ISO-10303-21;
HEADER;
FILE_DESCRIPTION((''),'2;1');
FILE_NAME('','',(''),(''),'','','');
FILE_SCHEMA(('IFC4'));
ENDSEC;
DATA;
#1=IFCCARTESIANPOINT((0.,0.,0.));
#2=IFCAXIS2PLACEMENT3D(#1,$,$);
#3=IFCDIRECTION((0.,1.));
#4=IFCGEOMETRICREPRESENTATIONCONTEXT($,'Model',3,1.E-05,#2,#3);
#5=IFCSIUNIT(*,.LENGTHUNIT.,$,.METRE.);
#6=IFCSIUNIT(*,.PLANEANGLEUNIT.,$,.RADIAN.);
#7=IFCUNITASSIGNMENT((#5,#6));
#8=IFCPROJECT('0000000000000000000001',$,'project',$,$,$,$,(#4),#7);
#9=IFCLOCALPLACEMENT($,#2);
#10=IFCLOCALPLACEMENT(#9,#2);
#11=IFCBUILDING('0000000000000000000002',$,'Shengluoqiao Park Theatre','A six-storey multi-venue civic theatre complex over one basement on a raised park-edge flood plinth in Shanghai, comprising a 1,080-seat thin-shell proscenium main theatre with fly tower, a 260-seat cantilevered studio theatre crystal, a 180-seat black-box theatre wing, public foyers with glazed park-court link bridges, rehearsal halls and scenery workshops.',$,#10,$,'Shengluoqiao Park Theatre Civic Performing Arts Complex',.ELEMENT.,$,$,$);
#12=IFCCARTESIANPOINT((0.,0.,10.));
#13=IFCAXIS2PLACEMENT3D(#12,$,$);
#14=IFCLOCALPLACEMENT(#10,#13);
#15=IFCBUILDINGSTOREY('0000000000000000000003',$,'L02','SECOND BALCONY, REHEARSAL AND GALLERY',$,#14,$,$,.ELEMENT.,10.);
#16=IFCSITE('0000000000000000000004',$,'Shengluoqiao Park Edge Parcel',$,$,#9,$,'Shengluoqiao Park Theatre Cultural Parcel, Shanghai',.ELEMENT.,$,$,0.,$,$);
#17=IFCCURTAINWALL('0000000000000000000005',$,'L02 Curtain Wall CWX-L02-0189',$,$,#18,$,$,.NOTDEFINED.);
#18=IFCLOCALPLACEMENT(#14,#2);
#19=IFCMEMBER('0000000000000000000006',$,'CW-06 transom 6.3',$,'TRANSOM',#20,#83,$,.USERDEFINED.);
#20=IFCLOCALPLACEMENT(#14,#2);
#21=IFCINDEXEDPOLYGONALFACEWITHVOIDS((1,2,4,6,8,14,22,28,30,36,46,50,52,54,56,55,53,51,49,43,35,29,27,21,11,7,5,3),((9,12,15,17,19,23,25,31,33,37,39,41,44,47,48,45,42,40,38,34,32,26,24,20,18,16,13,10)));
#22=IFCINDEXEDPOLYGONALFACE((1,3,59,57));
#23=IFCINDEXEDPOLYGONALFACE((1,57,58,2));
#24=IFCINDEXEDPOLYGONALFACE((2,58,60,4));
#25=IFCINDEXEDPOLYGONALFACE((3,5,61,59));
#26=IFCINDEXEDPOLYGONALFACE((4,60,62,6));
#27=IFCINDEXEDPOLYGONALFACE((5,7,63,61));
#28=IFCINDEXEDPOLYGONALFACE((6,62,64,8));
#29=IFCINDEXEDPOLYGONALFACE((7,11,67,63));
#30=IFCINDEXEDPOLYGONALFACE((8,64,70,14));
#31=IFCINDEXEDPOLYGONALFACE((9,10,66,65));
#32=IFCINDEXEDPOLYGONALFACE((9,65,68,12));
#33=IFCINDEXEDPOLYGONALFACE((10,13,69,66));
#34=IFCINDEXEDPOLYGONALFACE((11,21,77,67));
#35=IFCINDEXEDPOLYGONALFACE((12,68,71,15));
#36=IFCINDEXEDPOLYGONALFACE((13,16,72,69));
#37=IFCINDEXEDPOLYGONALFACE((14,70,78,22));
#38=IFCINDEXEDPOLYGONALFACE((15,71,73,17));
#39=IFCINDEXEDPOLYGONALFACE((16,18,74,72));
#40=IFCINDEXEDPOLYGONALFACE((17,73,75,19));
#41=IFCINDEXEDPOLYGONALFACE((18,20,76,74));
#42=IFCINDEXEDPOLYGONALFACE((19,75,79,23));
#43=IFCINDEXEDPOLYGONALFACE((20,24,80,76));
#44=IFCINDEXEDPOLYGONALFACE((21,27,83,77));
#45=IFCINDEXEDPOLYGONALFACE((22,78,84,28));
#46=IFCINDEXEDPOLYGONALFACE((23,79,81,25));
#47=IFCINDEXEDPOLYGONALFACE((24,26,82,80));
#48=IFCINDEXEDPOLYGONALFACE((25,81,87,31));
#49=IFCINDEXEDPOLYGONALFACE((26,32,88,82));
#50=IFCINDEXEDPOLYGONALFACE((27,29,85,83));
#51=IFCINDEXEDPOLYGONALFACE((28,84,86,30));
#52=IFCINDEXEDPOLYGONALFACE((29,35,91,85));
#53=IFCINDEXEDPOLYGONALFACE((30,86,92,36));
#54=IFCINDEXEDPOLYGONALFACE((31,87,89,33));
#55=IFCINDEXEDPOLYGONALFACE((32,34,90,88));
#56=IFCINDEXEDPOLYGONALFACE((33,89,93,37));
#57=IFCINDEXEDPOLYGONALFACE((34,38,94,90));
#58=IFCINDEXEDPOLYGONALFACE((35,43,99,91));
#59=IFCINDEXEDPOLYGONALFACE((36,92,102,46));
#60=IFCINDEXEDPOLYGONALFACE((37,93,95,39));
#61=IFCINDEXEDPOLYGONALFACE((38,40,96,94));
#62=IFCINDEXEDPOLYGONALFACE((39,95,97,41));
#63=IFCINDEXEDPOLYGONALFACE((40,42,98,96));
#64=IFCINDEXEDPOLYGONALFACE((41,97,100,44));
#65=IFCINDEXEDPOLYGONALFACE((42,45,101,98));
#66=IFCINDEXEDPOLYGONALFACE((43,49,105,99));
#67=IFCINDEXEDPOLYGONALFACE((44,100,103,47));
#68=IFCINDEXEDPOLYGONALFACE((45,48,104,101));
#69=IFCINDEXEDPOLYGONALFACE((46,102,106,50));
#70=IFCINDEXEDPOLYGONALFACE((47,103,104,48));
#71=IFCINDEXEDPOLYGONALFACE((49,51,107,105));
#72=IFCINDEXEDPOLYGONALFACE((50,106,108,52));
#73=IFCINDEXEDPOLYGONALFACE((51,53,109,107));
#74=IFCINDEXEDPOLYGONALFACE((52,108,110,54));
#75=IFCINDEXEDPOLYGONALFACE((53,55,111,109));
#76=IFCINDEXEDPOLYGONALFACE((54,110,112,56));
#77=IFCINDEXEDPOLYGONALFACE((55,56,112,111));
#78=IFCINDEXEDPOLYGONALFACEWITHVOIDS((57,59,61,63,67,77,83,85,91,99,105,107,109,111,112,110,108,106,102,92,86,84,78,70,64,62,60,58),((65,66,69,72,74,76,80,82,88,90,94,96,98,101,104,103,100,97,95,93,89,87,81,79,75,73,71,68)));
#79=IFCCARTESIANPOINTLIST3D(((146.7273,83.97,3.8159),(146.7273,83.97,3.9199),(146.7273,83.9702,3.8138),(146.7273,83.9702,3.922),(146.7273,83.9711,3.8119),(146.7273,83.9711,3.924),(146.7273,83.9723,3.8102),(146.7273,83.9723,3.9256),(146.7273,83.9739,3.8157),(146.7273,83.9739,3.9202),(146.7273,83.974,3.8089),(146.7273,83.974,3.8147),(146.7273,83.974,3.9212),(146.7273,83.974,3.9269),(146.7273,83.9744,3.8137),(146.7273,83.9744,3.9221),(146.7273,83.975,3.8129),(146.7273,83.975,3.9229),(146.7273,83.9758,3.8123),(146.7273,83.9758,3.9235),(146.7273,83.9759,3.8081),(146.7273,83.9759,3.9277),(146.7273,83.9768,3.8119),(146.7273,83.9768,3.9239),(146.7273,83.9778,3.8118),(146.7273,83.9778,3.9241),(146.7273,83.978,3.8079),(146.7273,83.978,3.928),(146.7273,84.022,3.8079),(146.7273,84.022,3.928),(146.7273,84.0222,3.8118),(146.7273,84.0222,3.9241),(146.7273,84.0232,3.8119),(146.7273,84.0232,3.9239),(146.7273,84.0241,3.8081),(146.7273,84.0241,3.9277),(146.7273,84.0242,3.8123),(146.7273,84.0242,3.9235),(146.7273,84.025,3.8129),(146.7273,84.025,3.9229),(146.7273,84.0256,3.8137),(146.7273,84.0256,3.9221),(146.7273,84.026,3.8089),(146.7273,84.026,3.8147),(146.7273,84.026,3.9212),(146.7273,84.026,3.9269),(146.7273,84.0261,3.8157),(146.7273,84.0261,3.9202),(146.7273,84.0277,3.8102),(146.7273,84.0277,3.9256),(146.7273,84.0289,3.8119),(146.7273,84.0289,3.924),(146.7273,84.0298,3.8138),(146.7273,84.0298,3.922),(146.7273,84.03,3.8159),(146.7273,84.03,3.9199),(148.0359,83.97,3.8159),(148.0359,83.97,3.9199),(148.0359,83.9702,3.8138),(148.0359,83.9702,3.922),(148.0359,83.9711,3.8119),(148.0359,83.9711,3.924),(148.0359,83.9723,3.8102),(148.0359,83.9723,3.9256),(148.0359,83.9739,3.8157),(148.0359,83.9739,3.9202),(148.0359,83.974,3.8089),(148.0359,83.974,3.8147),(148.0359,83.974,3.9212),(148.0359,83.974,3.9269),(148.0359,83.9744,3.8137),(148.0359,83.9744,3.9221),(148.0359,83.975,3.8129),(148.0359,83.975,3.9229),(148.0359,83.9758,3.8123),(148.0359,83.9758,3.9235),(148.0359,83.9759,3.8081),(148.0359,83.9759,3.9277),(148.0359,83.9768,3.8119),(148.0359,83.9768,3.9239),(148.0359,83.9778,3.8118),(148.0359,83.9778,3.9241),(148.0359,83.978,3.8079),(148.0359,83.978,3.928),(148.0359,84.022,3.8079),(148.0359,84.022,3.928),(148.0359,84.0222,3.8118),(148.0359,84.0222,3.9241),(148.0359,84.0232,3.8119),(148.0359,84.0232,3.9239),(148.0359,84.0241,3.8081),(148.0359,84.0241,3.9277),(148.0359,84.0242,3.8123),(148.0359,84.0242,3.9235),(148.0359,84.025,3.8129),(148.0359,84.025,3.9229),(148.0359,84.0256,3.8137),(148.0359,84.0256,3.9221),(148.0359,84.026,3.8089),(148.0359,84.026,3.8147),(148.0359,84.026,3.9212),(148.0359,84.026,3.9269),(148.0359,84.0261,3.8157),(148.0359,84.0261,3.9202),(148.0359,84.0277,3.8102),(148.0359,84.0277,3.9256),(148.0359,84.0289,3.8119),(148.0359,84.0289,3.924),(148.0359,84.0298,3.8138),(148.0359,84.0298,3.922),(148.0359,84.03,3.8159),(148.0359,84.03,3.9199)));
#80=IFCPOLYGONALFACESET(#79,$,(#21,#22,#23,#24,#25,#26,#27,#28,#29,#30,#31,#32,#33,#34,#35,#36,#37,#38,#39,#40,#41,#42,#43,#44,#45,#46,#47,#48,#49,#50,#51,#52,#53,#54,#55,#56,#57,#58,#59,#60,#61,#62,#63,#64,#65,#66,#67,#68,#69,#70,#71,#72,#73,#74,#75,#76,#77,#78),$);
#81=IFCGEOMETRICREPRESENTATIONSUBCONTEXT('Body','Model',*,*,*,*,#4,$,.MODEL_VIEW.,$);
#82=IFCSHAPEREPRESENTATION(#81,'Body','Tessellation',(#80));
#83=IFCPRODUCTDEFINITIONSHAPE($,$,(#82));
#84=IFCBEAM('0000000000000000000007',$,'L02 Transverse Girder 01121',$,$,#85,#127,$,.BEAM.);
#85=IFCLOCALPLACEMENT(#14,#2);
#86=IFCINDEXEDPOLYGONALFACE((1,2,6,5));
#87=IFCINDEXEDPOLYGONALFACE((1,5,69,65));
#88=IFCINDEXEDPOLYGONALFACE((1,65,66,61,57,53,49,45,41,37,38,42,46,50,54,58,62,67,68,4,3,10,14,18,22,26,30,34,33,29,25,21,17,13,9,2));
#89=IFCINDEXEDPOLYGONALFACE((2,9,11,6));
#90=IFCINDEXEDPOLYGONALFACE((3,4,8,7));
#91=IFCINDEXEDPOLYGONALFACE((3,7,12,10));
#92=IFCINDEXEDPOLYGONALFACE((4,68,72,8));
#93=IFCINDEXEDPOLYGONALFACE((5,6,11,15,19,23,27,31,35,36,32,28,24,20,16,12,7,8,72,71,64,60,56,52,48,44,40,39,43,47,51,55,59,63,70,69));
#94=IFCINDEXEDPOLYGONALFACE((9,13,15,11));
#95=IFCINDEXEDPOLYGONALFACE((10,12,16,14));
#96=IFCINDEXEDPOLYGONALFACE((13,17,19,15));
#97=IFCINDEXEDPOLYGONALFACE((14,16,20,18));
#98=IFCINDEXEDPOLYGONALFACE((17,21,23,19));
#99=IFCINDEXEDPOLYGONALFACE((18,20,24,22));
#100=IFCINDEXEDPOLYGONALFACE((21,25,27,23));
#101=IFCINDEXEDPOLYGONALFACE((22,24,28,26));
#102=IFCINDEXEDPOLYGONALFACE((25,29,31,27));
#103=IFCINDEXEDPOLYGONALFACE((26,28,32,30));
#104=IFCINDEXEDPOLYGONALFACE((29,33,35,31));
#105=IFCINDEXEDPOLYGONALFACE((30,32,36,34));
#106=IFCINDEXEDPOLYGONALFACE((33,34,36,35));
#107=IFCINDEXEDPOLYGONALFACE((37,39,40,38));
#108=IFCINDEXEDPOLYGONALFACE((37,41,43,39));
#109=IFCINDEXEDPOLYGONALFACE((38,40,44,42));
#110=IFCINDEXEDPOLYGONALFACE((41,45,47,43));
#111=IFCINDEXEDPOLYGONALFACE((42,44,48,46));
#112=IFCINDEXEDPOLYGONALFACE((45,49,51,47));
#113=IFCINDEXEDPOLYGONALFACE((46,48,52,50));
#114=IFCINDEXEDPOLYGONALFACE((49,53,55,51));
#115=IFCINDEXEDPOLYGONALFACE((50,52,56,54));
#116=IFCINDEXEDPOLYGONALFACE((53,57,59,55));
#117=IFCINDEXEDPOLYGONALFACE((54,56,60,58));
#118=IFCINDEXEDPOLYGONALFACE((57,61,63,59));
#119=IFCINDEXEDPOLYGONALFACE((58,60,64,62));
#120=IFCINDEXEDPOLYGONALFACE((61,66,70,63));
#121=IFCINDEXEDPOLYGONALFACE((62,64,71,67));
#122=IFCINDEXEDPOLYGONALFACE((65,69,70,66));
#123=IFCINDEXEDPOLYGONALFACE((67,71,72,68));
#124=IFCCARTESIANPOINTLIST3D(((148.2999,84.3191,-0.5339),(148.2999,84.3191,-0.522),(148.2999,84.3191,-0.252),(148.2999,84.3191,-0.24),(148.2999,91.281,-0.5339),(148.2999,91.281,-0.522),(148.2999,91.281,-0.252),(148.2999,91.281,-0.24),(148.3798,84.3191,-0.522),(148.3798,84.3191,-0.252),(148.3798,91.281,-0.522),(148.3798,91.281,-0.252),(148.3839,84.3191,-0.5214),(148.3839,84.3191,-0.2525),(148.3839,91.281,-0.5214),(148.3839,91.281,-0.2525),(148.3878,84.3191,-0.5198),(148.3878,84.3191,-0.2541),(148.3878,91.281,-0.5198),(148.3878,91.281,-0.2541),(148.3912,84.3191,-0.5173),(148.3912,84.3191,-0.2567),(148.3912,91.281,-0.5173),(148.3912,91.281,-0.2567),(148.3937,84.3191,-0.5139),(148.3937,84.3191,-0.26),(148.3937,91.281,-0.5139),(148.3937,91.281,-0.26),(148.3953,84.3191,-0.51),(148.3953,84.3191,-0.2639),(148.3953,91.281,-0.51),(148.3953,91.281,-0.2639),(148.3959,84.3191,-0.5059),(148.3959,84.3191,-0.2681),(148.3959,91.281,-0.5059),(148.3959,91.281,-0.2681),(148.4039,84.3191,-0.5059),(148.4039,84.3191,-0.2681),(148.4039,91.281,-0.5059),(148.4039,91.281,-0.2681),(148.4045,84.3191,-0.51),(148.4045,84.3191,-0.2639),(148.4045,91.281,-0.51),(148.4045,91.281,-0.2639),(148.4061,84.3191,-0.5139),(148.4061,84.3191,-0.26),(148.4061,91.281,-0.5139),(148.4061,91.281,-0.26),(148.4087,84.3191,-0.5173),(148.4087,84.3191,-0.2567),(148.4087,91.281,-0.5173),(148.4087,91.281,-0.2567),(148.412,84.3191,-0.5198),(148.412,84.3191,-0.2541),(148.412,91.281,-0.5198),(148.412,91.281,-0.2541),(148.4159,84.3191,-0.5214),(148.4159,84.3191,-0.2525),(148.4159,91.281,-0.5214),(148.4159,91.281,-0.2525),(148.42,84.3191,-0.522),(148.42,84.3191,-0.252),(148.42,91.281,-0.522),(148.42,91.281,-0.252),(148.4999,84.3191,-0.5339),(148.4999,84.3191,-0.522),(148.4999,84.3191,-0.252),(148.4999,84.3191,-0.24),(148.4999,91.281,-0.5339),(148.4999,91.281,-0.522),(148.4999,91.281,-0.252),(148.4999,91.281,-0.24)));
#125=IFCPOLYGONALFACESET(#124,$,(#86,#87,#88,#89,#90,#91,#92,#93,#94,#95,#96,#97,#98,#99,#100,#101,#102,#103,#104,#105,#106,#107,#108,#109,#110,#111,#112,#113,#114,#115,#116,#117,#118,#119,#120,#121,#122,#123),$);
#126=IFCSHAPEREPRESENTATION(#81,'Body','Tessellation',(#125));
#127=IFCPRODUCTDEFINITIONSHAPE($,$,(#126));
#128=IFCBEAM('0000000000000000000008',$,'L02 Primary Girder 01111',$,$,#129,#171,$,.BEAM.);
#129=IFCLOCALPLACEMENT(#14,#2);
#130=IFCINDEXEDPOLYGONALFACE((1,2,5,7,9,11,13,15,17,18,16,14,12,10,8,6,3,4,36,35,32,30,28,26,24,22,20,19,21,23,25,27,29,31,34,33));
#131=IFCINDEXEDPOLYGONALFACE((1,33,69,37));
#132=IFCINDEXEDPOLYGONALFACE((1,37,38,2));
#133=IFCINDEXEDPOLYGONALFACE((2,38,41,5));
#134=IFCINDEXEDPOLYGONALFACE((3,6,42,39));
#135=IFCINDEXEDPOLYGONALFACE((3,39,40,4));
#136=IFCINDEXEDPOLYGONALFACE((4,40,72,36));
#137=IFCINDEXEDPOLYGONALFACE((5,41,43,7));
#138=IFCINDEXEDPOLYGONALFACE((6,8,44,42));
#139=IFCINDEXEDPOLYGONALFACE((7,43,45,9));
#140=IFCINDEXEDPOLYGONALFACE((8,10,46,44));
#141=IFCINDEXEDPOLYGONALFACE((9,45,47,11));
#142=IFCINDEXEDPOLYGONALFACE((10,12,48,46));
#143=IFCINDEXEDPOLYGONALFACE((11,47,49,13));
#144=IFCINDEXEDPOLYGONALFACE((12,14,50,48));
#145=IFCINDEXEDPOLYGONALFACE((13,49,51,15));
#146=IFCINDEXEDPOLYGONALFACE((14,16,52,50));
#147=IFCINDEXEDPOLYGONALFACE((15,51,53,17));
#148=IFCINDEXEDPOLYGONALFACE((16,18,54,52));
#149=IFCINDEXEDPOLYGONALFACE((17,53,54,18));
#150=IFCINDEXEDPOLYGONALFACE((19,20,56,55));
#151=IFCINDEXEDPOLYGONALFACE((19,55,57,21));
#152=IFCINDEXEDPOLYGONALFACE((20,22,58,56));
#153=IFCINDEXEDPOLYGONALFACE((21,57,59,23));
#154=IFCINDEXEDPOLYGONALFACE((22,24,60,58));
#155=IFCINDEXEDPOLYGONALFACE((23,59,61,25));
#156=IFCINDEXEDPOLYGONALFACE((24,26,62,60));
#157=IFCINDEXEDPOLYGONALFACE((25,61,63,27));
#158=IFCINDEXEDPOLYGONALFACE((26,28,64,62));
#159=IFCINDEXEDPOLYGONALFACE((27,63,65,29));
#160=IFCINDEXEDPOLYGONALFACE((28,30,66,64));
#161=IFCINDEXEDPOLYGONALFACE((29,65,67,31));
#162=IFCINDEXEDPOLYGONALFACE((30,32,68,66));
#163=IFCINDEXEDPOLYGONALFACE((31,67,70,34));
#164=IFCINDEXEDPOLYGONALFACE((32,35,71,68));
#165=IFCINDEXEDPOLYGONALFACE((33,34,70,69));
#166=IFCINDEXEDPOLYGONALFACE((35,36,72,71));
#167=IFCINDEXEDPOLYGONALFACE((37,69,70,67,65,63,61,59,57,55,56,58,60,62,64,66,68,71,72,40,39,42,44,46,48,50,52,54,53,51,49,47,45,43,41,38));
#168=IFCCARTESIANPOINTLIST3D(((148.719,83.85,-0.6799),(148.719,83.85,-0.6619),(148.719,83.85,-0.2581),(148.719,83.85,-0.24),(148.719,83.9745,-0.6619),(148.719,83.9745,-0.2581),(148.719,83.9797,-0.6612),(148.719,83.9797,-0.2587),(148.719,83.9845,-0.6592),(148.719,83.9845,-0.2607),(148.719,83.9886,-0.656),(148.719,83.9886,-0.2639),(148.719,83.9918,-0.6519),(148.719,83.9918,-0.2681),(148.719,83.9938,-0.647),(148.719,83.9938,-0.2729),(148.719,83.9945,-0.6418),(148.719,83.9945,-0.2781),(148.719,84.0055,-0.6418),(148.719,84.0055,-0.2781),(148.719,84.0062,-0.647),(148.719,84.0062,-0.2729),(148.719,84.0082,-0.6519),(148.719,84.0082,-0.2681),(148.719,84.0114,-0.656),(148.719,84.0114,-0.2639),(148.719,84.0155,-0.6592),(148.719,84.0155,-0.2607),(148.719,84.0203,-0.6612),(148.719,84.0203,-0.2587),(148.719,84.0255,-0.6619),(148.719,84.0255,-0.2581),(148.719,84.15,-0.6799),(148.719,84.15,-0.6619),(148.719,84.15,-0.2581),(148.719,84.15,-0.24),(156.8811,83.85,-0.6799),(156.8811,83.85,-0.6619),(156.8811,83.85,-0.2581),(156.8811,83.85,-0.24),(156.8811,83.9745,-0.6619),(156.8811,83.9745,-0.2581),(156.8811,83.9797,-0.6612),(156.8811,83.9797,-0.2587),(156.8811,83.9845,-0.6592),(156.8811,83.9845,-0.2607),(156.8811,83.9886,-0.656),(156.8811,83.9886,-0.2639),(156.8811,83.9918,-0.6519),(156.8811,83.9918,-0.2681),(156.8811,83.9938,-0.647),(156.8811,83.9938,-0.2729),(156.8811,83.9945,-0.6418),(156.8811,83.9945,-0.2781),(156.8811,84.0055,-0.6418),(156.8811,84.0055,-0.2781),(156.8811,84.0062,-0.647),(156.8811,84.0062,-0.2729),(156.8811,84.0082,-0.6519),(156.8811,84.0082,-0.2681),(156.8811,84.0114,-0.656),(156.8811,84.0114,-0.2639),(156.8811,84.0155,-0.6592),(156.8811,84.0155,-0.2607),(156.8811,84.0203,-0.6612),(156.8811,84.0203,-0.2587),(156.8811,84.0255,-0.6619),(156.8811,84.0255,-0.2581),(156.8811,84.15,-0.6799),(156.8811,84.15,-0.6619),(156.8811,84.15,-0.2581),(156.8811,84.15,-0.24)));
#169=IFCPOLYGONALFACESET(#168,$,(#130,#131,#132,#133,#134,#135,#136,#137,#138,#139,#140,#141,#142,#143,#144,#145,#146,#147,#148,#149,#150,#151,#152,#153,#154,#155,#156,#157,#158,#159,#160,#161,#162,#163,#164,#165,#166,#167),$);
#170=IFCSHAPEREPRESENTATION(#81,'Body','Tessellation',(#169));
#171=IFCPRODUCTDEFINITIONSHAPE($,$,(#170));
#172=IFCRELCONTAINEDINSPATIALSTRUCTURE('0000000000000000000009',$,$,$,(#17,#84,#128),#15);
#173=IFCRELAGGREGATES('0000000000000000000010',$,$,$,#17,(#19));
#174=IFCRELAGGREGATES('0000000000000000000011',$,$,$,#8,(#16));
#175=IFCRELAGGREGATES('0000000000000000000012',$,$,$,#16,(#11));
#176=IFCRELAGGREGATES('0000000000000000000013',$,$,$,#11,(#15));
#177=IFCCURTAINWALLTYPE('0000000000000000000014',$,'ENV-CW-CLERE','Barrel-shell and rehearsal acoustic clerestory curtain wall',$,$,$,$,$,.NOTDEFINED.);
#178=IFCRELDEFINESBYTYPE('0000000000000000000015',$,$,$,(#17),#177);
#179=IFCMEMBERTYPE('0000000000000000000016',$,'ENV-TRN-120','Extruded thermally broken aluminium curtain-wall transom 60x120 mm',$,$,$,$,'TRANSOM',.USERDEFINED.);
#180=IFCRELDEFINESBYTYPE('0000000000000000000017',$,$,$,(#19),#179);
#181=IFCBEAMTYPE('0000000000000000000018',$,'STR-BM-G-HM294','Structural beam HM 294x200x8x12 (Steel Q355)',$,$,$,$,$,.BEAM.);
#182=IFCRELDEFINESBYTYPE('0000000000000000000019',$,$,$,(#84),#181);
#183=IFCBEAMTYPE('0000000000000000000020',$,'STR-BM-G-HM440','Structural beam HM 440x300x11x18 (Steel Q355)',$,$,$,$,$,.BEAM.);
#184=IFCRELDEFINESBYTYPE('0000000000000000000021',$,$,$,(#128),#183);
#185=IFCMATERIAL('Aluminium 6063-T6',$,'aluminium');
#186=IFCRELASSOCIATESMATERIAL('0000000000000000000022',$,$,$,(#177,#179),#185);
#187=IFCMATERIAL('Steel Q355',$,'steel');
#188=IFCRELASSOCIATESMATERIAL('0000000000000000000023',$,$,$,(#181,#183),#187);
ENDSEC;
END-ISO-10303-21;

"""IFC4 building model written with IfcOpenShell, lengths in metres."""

from ifc_helpers import new_model, si_unit, direction, frame, origin, origin_2d, place, context, subcontext, project, spatial, hollow_rectangle, i_section, extrude, material, material_profile, profile_set, type_object, element, aggregate, save


model = new_model("IFC4")

# Units and contexts
model_context = context("Model", 3, precision=1e-05, world=origin(), true_north=direction((0.0, 1.0)))
body_context = subcontext(model_context, "Body", "Model", "MODEL_VIEW")
ifc_project = project(units=[si_unit("LENGTHUNIT", "METRE"), si_unit("PLANEANGLEUNIT", "RADIAN")], contexts=[model_context])

# Site, building, storey
site_placement = place(None, origin())
site = spatial("IfcSite", under=ifc_project, at=site_placement, Name="Shengluoqiao Park Edge Parcel", LongName="Shengluoqiao Park Theatre Cultural Parcel, Shanghai", CompositionType="ELEMENT", RefElevation=0.0)
building_placement = place(site_placement, origin())
building = spatial("IfcBuilding", under=site, at=building_placement, Name="Shengluoqiao Park Theatre", Description="A six-storey multi-venue civic theatre complex over one basement on a raised park-edge flood plinth in Shanghai, comprising a 1,080-seat thin-shell proscenium main theatre with fly tower, a 260-seat cantilevered studio theatre crystal, a 180-seat black-box theatre wing, public foyers with glazed park-court link bridges, rehearsal halls and scenery workshops.", LongName="Shengluoqiao Park Theatre Civic Performing Arts Complex", CompositionType="ELEMENT")
storey_placement = place(building_placement, frame((0.0, 0.0, 10.0)))
storey = spatial("IfcBuildingStorey", under=building, at=storey_placement, Name="L02", Description="SECOND BALCONY, REHEARSAL AND GALLERY", CompositionType="ELEMENT", Elevation=10.0)

# Curtain wall, member
ifc_material_1 = material(Name="Aluminium 6063-T6", Category="aluminium")
curtain_wall_type = type_object("IfcCurtainWallType", Name="ENV-CW-CLERE", Description="Barrel-shell and rehearsal acoustic clerestory curtain wall", PredefinedType="NOTDEFINED", material=ifc_material_1)
curtain_wall_placement = place(storey_placement, origin())
curtain_wall = element("IfcCurtainWall", 1, at=curtain_wall_placement, inside=storey, type_object=curtain_wall_type, Name="L02 Curtain Wall CWX-L02-0189", PredefinedType="NOTDEFINED")
ifc_material_profile_1 = material_profile(ifc_material_1, hollow_rectangle(XDim=0.0601, YDim=0.1201, WallThickness=0.0039, InnerFilletRadius=0.0039, OuterFilletRadius=0.0081, at=origin_2d()), Name="ALU TRANSOM 120x60x4")
ifc_profile_set_1 = profile_set([ifc_material_profile_1], Name="Aluminium 6063-T6")
member_type_1 = type_object("IfcMemberType", Name="ENV-TRN-120", Description="Extruded thermally broken aluminium curtain-wall transom 60x120 mm", ElementType="TRANSOM", PredefinedType="USERDEFINED", material=ifc_profile_set_1)
member_1_placement = place(storey_placement, frame((146.7273, 84.0, 3.8679), z_axis=(1.0, 0.0, 0.0), x_axis=(0.0, 1.0, 0.0)))
member_1 = element("IfcMember", 2, at=member_1_placement, type_object=member_type_1, Name="CW-06 transom 6.3", ObjectType="TRANSOM", PredefinedType="USERDEFINED", context=body_context, shape_type="SweptSolid", body=[
    extrude(hollow_rectangle(XDim=0.0601, YDim=0.1201, WallThickness=0.0039, InnerFilletRadius=0.0039, OuterFilletRadius=0.0081, at=origin_2d()), origin(), (0.0, 0.0, 1.0), 1.3086),
])

# Beams
ifc_material_2 = material(Name="Steel Q355", Category="steel")
ifc_material_profile_2 = material_profile(ifc_material_2, i_section(OverallWidth=0.2, OverallDepth=0.2939, WebThickness=0.0081, FlangeThickness=0.012, FilletRadius=0.0161, at=origin_2d()), Name="HM 294x200x8x12")
ifc_profile_set_2 = profile_set([ifc_material_profile_2], Name="Steel Q355")
beam_type_1 = type_object("IfcBeamType", Name="STR-BM-G-HM294", Description="Structural beam HM 294x200x8x12 (Steel Q355)", PredefinedType="BEAM", material=ifc_profile_set_2)
beam_1_placement = place(storey_placement, frame((148.3999, 84.3191, -0.387), z_axis=(0.0, 1.0, 0.0), x_axis=(-1.0, 0.0, 0.0)))
element("IfcBeam", 3, at=beam_1_placement, inside=storey, type_object=beam_type_1, Name="L02 Transverse Girder 01121", PredefinedType="BEAM", context=body_context, shape_type="SweptSolid", body=[
    extrude(i_section(OverallWidth=0.2, OverallDepth=0.2939, WebThickness=0.0081, FlangeThickness=0.012, FilletRadius=0.0161, at=origin_2d()), origin(), (0.0, 0.0, 1.0), 6.9619),
])
ifc_material_profile_3 = material_profile(ifc_material_2, i_section(OverallWidth=0.3, OverallDepth=0.4399, WebThickness=0.011, FlangeThickness=0.0181, FilletRadius=0.02, at=origin_2d()), Name="HM 440x300x11x18")
ifc_profile_set_3 = profile_set([ifc_material_profile_3], Name="Steel Q355")
beam_type_2 = type_object("IfcBeamType", Name="STR-BM-G-HM440", Description="Structural beam HM 440x300x11x18 (Steel Q355)", PredefinedType="BEAM", material=ifc_profile_set_3)
beam_2_placement = place(storey_placement, frame((148.719, 84.0, -0.46), z_axis=(1.0, 0.0, 0.0), x_axis=(0.0, 1.0, 0.0)))
element("IfcBeam", 4, at=beam_2_placement, inside=storey, type_object=beam_type_2, Name="L02 Primary Girder 01111", PredefinedType="BEAM", context=body_context, shape_type="SweptSolid", body=[
    extrude(i_section(OverallWidth=0.3, OverallDepth=0.4399, WebThickness=0.011, FlangeThickness=0.0181, FilletRadius=0.02, at=origin_2d()), origin(), (0.0, 0.0, 1.0), 8.1621),
])

aggregate(curtain_wall, [member_1])

save(model, "model.ifc")
